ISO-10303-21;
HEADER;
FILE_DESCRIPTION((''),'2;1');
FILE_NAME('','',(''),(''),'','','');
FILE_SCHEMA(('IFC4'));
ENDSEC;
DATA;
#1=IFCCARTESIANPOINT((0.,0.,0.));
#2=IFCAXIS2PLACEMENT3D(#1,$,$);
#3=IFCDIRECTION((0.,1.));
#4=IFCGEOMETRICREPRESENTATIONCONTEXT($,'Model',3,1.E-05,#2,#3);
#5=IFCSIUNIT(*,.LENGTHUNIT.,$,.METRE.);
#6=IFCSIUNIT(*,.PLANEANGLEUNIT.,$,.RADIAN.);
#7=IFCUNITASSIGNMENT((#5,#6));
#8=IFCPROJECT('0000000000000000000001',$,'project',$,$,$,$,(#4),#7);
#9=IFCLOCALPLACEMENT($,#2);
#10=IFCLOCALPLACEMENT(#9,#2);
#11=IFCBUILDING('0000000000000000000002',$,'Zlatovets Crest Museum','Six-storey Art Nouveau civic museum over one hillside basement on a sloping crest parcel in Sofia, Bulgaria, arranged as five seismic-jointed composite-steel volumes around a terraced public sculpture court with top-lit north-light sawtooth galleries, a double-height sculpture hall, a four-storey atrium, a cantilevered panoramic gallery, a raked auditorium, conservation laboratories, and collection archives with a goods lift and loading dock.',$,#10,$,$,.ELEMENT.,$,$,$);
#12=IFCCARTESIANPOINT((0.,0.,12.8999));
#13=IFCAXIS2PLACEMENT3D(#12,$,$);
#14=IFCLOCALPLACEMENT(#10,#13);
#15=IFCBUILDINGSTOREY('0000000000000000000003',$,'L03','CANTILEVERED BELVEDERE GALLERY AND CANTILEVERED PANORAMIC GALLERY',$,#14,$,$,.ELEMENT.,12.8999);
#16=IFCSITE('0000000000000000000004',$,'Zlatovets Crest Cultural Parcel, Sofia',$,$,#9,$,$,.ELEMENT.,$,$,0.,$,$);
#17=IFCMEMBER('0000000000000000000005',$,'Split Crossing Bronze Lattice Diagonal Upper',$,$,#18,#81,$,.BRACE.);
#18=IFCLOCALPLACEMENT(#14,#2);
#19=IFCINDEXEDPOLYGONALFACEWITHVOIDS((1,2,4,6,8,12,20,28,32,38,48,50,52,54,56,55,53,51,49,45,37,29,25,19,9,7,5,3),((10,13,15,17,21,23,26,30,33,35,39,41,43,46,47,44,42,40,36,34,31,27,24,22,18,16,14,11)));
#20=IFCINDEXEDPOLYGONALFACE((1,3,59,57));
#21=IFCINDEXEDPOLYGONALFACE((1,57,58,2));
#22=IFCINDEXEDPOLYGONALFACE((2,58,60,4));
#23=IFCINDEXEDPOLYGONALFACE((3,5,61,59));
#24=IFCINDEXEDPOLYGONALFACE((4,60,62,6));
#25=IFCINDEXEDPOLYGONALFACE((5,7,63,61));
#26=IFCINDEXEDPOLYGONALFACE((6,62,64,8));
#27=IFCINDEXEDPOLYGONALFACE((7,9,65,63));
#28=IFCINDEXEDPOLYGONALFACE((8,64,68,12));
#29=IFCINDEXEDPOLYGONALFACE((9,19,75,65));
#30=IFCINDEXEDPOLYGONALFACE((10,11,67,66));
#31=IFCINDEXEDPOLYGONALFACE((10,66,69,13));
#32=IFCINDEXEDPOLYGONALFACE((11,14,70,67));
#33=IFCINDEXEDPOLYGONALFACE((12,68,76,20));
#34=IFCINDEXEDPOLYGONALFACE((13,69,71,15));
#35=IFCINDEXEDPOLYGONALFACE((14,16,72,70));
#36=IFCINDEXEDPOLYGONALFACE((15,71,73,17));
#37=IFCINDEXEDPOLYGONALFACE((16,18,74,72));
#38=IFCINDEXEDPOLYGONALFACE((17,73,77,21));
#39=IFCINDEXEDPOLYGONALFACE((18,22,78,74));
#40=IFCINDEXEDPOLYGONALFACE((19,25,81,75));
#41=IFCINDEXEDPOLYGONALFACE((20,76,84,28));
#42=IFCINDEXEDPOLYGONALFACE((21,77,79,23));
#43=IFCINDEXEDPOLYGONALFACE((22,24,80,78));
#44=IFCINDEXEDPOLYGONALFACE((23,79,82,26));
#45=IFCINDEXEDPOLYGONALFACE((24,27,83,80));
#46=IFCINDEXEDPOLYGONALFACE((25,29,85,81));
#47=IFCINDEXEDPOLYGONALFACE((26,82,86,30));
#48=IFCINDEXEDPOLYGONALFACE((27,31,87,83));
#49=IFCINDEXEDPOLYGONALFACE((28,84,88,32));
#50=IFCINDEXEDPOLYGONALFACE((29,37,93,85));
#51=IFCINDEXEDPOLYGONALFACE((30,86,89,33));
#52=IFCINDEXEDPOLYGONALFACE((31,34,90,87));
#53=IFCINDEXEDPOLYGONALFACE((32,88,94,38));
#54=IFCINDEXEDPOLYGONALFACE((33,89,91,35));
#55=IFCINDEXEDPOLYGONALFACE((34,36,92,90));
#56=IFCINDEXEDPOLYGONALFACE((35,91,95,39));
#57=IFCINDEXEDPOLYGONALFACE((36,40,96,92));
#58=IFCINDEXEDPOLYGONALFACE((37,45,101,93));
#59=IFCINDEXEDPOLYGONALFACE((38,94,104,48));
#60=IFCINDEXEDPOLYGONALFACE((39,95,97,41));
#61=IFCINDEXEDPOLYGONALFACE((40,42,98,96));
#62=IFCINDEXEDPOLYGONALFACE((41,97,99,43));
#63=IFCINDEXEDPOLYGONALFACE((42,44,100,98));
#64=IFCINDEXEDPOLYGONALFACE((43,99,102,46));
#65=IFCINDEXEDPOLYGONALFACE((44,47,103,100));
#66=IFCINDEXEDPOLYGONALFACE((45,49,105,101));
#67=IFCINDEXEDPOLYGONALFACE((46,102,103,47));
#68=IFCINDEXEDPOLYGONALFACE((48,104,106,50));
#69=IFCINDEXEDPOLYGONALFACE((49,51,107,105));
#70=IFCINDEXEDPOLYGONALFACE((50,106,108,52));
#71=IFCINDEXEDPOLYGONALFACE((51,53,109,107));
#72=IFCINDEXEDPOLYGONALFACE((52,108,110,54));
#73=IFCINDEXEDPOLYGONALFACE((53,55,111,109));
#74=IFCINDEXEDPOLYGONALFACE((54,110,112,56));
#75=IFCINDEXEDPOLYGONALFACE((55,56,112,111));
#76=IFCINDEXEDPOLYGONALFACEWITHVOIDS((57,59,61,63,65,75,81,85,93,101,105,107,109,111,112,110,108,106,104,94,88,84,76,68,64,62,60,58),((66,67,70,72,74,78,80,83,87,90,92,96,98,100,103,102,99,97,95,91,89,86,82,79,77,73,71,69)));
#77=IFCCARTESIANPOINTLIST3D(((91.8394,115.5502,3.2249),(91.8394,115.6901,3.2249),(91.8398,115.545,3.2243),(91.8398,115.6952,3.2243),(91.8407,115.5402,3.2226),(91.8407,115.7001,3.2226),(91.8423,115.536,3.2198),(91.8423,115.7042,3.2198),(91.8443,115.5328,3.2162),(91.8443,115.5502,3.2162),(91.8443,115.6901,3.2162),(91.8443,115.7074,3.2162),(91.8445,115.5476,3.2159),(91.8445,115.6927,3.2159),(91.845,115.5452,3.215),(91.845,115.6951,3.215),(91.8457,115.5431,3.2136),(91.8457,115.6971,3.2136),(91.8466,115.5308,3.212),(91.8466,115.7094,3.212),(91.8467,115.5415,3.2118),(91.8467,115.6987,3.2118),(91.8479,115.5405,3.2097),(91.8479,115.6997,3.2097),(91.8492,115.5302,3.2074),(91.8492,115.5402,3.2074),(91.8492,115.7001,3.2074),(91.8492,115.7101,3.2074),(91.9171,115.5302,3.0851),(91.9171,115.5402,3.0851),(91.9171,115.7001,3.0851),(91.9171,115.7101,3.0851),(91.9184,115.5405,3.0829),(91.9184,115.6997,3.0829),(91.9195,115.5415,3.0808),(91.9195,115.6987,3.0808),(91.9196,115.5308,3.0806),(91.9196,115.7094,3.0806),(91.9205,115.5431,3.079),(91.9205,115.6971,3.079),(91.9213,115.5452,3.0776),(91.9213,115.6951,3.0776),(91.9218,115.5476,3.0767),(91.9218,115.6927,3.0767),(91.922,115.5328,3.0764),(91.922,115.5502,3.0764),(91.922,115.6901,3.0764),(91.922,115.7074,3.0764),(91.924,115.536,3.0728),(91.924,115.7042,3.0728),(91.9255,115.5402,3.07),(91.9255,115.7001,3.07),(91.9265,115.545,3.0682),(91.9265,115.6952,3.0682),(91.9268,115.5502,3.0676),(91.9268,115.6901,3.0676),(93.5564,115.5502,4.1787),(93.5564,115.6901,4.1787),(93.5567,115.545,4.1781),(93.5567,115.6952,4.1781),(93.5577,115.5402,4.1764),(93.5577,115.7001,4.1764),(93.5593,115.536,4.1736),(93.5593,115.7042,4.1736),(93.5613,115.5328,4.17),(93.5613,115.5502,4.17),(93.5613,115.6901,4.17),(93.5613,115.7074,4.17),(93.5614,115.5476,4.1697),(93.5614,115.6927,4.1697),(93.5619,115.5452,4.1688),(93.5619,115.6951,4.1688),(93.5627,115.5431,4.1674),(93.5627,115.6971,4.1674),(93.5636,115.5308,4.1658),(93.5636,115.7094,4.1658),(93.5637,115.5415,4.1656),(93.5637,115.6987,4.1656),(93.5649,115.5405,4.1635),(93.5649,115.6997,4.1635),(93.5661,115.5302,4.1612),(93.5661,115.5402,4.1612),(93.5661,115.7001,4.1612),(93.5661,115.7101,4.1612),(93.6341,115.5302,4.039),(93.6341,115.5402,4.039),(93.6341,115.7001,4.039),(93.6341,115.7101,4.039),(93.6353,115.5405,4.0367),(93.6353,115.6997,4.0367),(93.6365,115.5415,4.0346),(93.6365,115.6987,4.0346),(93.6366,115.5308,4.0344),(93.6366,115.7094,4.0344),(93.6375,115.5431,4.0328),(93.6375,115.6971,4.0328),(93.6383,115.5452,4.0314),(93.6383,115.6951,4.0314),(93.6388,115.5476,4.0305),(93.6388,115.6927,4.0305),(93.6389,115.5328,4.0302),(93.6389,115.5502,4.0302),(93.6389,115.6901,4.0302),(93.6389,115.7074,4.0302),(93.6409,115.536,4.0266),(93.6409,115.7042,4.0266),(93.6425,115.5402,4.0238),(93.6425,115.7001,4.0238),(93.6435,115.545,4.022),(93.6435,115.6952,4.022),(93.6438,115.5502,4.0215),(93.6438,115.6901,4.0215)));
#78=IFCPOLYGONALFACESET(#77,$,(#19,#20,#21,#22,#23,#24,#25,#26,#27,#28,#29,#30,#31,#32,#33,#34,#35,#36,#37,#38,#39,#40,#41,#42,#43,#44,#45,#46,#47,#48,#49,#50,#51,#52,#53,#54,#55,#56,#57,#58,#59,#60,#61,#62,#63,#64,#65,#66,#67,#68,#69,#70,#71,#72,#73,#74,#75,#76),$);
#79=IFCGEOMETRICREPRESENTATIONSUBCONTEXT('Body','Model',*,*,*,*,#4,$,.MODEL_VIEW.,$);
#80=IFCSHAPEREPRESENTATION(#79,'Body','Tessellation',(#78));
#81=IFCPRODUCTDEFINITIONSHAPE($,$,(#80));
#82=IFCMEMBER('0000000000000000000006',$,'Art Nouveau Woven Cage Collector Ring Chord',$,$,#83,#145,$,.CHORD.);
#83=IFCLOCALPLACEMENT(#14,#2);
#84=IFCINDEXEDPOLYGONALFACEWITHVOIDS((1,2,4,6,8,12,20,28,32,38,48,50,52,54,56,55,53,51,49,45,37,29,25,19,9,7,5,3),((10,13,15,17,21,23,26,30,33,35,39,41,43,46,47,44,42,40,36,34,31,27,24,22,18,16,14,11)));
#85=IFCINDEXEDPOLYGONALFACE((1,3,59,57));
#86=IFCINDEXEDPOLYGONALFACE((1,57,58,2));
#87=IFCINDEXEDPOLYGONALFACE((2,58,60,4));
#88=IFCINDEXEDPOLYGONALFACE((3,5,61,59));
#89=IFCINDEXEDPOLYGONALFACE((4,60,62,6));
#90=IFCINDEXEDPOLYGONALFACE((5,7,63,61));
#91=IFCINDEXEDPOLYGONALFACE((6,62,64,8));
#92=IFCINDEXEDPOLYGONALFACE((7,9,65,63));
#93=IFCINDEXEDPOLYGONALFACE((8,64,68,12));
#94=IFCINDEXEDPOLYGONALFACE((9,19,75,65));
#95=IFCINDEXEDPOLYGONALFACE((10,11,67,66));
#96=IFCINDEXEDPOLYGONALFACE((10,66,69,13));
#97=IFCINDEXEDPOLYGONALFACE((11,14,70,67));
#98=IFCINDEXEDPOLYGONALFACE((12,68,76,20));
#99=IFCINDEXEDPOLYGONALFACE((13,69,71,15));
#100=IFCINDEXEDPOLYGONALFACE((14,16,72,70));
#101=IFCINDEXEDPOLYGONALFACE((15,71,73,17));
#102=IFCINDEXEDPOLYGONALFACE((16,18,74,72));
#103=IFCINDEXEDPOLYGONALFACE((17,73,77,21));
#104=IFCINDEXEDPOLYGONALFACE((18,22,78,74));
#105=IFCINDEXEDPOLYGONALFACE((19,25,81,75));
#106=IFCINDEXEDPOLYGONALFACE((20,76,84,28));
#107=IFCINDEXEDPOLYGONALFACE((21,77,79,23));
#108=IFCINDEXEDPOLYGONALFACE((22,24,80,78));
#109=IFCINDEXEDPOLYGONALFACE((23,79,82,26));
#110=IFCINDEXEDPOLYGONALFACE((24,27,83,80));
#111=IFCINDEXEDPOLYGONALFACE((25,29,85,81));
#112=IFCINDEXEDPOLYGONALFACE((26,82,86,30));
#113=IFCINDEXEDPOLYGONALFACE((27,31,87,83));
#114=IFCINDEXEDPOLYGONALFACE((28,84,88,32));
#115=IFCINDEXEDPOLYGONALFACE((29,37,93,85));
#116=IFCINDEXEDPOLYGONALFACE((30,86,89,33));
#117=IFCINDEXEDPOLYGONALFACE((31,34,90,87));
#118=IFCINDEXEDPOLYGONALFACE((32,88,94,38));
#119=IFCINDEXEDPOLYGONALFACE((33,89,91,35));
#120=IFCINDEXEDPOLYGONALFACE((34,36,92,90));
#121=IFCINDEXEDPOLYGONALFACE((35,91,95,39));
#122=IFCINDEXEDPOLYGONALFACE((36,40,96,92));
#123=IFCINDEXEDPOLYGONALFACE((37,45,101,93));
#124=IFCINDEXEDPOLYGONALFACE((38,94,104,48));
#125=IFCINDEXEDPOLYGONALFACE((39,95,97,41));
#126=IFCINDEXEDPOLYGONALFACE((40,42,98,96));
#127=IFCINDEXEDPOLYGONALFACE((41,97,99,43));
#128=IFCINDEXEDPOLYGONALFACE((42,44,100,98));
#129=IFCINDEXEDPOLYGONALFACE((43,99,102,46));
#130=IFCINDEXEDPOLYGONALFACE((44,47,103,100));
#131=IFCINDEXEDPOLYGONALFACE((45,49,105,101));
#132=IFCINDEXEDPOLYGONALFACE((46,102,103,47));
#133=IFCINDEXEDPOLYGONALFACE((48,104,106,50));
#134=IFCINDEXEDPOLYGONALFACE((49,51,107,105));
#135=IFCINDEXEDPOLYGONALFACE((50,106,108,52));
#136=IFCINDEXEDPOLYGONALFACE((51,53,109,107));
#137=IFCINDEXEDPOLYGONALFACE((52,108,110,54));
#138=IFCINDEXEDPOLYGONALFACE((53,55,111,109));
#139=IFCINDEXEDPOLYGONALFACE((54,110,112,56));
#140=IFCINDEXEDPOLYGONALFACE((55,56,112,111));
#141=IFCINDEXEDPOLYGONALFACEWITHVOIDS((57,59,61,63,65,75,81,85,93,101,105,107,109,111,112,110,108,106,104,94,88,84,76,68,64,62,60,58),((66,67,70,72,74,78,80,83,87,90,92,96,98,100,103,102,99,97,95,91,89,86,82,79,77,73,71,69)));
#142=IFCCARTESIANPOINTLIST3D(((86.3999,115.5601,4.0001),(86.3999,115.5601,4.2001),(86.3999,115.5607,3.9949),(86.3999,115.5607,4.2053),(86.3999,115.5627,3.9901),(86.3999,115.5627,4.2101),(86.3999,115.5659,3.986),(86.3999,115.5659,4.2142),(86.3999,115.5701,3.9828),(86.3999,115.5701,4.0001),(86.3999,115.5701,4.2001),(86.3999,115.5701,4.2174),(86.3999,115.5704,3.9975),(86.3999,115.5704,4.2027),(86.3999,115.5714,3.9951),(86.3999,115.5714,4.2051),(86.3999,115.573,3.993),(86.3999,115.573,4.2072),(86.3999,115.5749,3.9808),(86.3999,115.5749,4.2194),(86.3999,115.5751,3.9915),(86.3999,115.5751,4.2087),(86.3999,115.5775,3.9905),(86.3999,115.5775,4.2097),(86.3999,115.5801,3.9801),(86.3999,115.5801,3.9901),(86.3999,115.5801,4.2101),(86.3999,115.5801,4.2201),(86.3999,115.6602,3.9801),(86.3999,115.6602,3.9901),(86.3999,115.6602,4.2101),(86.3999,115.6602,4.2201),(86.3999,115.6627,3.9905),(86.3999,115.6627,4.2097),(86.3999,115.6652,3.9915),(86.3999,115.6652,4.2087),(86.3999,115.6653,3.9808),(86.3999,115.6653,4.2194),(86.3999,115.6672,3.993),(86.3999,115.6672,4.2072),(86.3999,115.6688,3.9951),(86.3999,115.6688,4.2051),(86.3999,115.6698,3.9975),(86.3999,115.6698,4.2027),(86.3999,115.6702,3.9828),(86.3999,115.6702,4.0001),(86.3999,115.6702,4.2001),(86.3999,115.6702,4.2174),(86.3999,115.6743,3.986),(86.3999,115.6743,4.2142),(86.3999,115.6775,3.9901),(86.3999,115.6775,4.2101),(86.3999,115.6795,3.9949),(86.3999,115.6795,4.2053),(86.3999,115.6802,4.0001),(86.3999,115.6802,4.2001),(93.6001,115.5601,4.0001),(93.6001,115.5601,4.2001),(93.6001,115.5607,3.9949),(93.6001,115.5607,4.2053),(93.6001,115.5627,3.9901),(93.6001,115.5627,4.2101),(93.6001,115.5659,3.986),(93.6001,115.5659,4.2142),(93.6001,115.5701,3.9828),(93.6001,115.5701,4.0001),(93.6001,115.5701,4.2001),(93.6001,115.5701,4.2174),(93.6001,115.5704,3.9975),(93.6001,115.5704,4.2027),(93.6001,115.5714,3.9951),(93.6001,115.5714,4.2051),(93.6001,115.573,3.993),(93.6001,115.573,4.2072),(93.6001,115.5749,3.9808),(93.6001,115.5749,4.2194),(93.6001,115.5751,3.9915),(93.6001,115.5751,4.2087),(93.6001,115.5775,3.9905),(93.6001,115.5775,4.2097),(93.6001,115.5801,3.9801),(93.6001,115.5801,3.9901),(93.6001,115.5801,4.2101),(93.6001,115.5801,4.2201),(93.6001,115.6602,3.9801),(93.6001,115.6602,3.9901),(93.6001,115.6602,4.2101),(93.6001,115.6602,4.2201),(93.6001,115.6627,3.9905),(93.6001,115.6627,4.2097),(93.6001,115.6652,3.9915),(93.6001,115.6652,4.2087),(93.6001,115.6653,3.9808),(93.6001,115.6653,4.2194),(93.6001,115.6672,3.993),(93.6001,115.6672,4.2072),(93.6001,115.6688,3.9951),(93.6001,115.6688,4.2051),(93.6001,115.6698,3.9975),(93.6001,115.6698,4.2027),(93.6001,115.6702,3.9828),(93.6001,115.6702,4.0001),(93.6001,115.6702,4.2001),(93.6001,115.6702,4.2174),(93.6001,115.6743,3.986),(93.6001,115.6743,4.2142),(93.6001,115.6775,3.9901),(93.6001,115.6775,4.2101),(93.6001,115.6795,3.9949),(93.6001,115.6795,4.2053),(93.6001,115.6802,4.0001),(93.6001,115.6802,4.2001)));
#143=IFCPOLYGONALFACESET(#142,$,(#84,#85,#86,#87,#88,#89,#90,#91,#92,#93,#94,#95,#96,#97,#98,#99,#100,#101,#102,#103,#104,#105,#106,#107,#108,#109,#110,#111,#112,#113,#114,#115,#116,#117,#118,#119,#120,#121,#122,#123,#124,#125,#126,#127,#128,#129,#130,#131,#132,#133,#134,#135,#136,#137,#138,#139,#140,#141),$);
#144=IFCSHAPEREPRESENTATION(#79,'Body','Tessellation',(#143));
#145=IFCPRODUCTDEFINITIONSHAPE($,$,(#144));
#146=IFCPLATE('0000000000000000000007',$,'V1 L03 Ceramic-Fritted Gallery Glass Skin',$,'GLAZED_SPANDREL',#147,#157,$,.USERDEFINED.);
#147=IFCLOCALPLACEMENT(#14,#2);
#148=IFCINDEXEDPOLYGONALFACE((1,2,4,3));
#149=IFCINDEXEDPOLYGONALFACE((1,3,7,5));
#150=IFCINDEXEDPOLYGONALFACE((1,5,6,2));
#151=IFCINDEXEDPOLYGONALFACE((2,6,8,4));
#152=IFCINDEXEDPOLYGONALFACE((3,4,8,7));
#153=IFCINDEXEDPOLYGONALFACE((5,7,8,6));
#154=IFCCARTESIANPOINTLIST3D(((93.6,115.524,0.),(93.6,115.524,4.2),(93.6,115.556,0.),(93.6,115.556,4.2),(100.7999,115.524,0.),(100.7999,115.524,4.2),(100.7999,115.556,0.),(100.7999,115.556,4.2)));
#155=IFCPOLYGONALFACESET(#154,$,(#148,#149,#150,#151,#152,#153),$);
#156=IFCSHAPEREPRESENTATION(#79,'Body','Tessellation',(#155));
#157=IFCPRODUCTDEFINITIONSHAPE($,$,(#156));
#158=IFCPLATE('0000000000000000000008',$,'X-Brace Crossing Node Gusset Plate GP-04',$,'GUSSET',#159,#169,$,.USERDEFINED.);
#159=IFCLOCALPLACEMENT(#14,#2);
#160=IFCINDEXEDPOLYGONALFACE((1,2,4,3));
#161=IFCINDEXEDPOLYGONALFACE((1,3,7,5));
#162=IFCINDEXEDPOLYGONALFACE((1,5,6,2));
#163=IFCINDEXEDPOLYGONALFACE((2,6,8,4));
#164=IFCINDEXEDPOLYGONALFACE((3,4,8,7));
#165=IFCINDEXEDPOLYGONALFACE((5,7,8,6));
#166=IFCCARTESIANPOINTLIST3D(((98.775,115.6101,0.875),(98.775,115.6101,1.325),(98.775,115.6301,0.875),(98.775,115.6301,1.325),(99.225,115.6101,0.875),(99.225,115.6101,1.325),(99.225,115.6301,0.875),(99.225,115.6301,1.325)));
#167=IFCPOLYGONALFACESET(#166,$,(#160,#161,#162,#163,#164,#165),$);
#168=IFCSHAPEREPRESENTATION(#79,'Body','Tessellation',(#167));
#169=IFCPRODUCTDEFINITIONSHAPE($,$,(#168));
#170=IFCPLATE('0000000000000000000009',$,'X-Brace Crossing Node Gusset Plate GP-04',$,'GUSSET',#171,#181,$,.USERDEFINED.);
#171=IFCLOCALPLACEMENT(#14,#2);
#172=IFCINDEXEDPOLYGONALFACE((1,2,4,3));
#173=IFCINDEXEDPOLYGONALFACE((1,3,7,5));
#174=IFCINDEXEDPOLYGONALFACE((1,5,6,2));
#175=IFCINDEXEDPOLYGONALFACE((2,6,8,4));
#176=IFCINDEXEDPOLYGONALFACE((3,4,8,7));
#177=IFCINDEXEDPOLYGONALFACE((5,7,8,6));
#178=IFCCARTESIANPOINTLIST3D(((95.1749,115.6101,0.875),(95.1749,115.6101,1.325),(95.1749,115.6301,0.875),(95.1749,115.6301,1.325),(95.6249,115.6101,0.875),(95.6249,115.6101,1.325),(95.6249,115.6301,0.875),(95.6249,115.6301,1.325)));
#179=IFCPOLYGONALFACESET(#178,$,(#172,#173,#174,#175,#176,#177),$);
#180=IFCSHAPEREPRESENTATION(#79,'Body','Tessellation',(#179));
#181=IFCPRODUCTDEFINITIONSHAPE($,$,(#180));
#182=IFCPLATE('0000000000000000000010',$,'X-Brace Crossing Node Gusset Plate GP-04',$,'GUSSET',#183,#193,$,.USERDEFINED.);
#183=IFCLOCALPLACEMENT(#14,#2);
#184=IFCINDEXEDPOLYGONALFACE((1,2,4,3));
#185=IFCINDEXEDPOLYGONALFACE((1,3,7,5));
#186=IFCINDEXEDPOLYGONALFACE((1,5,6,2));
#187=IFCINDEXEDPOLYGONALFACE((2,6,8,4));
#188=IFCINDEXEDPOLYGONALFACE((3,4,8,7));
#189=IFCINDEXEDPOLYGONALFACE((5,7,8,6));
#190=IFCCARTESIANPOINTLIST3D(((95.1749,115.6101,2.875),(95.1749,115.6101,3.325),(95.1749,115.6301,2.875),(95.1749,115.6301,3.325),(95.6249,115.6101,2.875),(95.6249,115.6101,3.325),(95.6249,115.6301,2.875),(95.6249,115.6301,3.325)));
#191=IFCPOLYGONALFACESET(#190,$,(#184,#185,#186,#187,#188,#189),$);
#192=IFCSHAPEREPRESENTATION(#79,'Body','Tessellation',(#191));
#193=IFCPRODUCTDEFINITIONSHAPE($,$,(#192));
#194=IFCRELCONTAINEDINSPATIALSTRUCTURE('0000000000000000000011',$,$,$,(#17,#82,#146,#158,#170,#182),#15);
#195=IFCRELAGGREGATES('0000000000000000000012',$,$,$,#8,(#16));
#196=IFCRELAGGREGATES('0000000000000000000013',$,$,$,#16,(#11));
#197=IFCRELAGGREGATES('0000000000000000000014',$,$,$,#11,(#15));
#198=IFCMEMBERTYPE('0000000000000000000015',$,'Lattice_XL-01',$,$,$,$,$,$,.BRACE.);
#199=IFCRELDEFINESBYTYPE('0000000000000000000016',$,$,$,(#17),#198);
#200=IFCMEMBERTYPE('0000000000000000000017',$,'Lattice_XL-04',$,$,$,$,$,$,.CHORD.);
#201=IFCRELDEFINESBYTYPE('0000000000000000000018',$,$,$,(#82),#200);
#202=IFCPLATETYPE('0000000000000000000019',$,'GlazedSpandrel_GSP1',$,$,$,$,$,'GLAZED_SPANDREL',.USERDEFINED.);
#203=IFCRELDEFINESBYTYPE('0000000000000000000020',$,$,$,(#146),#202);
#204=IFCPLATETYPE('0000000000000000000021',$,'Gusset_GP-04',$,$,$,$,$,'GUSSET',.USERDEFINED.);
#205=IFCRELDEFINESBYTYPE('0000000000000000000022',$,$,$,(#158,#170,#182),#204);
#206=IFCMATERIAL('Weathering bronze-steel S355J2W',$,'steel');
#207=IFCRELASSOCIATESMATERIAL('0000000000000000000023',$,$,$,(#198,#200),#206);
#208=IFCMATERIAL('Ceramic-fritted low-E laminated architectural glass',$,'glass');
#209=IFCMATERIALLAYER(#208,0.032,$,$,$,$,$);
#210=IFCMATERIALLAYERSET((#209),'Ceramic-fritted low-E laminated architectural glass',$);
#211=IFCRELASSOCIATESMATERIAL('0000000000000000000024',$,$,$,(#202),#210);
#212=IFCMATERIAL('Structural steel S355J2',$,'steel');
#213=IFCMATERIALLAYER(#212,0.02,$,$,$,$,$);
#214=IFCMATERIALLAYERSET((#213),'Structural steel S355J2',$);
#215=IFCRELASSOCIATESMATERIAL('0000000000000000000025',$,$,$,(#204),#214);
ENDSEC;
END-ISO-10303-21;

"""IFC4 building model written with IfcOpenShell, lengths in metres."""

from ifc_helpers import new_model, si_unit, direction, frame, origin, origin_2d, place, context, subcontext, project, spatial, rectangle, hollow_rectangle, extrude, material, layer, layer_set, material_profile, profile_set, type_object, element, save


model = new_model("IFC4")

# Units and contexts
model_context = context("Model", 3, precision=1e-05, world=origin(), true_north=direction((0.0, 1.0)))
body_context = subcontext(model_context, "Body", "Model", "MODEL_VIEW")
ifc_project = project(units=[si_unit("LENGTHUNIT", "METRE"), si_unit("PLANEANGLEUNIT", "RADIAN")], contexts=[model_context])

# Site, building, storey
site_placement = place(None, origin())
site = spatial("IfcSite", under=ifc_project, at=site_placement, Name="Zlatovets Crest Cultural Parcel, Sofia", CompositionType="ELEMENT", RefElevation=0.0)
building_placement = place(site_placement, origin())
building = spatial("IfcBuilding", under=site, at=building_placement, Name="Zlatovets Crest Museum", Description="Six-storey Art Nouveau civic museum over one hillside basement on a sloping crest parcel in Sofia, Bulgaria, arranged as five seismic-jointed composite-steel volumes around a terraced public sculpture court with top-lit north-light sawtooth galleries, a double-height sculpture hall, a four-storey atrium, a cantilevered panoramic gallery, a raked auditorium, conservation laboratories, and collection archives with a goods lift and loading dock.", CompositionType="ELEMENT")
storey_placement = place(building_placement, frame((0.0, 0.0, 12.8999)))
storey = spatial("IfcBuildingStorey", under=building, at=storey_placement, Name="L03", Description="CANTILEVERED BELVEDERE GALLERY AND CANTILEVERED PANORAMIC GALLERY", CompositionType="ELEMENT", Elevation=12.8999)

# Shared definitions
ifc_material_1 = material(Name="Structural steel S355J2", Category="steel")

# Members
ifc_material_2 = material(Name="Weathering bronze-steel S355J2W", Category="steel")
ifc_material_profile_1 = material_profile(ifc_material_2, hollow_rectangle(XDim=0.1799, YDim=0.1799, WallThickness=0.01, InnerFilletRadius=0.01, OuterFilletRadius=0.02, at=origin_2d()), Name="SHS 180x180x10.0")
ifc_profile_set_1 = profile_set([ifc_material_profile_1], Name="Weathering bronze-steel S355J2W")
member_type_1 = type_object("IfcMemberType", Name="Lattice_XL-01", PredefinedType="BRACE", material=ifc_profile_set_1)
member_1_placement = place(storey_placement, frame((93.6001, 115.6201, 4.1001), z_axis=(-0.874169, 0.0, -0.485622), x_axis=(0.0, -1.0, 0.0)))
element("IfcMember", 1, at=member_1_placement, inside=storey, type_object=member_type_1, Name="Split Crossing Bronze Lattice Diagonal Upper", PredefinedType="BRACE", context=body_context, shape_type="SweptSolid", body=[
    extrude(hollow_rectangle(XDim=0.1799, YDim=0.1799, WallThickness=0.01, InnerFilletRadius=0.01, OuterFilletRadius=0.02, at=origin_2d()), origin(), (0.0, 0.0, 1.0), 1.9641),
])
ifc_material_profile_2 = material_profile(ifc_material_2, hollow_rectangle(XDim=0.1201, YDim=0.24, WallThickness=0.01, InnerFilletRadius=0.01, OuterFilletRadius=0.02, at=origin_2d()), Name="RHS 120x240x10.0")
ifc_profile_set_2 = profile_set([ifc_material_profile_2], Name="Weathering bronze-steel S355J2W")
member_type_2 = type_object("IfcMemberType", Name="Lattice_XL-04", PredefinedType="CHORD", material=ifc_profile_set_2)
member_2_placement = place(storey_placement, frame((93.6001, 115.6201, 4.1001), z_axis=(-1.0, 0.0, 0.0), x_axis=(0.0, -1.0, 0.0)))
element("IfcMember", 2, at=member_2_placement, inside=storey, type_object=member_type_2, Name="Art Nouveau Woven Cage Collector Ring Chord", PredefinedType="CHORD", context=body_context, shape_type="SweptSolid", body=[
    extrude(hollow_rectangle(XDim=0.1201, YDim=0.24, WallThickness=0.01, InnerFilletRadius=0.01, OuterFilletRadius=0.02, at=origin_2d()), origin(), (0.0, 0.0, 1.0), 7.2002),
])

# Plates
ifc_material_3 = material(Name="Ceramic-fritted low-E laminated architectural glass", Category="glass")
ifc_layer_1 = layer(ifc_material_3, 0.032)
ifc_layer_set_1 = layer_set([ifc_layer_1], Name="Ceramic-fritted low-E laminated architectural glass")
plate_type_1 = type_object("IfcPlateType", Name="GlazedSpandrel_GSP1", ElementType="GLAZED_SPANDREL", PredefinedType="USERDEFINED", material=ifc_layer_set_1)
plate_placement = place(storey_placement, frame((97.2, 115.54, 0.0), z_axis=(0.0, 0.0, 1.0), x_axis=(1.0, 0.0, 0.0)))
element("IfcPlate", 3, at=plate_placement, inside=storey, type_object=plate_type_1, Name="V1 L03 Ceramic-Fritted Gallery Glass Skin", ObjectType="GLAZED_SPANDREL", PredefinedType="USERDEFINED", context=body_context, shape_type="SweptSolid", body=[
    extrude(rectangle(XDim=7.2, YDim=0.032, at=origin_2d()), origin(), (0.0, 0.0, 1.0), 4.2),
])
ifc_layer_2 = layer(ifc_material_1, 0.02)
ifc_layer_set_2 = layer_set([ifc_layer_2], Name="Structural steel S355J2")
plate_type_2 = type_object("IfcPlateType", Name="Gusset_GP-04", ElementType="GUSSET", PredefinedType="USERDEFINED", material=ifc_layer_set_2)
for number, where, z_axis, x_axis, name in (
    (4, (99.0, 115.6201, 0.875), (0.0, 0.0, 1.0), (1.0, 0.0, 0.0), "X-Brace Crossing Node Gusset Plate GP-04"),
    (5, (95.3999, 115.6201, 0.875), (0.0, 0.0, 1.0), (1.0, 0.0, 0.0), "X-Brace Crossing Node Gusset Plate GP-04"),
    (6, (95.3999, 115.6201, 2.875), (0.0, 0.0, 1.0), (1.0, 0.0, 0.0), "X-Brace Crossing Node Gusset Plate GP-04"),
):
    element("IfcPlate", number, at=place(storey_placement, frame(where, z_axis=z_axis, x_axis=x_axis)), inside=storey, type_object=plate_type_2, Name=name, ObjectType="GUSSET", PredefinedType="USERDEFINED", context=body_context, shape_type="SweptSolid", body=[
        extrude(rectangle(XDim=0.45, YDim=0.02, at=origin_2d()), origin(), (0.0, 0.0, 1.0), 0.45),
    ])

save(model, "model.ifc")
